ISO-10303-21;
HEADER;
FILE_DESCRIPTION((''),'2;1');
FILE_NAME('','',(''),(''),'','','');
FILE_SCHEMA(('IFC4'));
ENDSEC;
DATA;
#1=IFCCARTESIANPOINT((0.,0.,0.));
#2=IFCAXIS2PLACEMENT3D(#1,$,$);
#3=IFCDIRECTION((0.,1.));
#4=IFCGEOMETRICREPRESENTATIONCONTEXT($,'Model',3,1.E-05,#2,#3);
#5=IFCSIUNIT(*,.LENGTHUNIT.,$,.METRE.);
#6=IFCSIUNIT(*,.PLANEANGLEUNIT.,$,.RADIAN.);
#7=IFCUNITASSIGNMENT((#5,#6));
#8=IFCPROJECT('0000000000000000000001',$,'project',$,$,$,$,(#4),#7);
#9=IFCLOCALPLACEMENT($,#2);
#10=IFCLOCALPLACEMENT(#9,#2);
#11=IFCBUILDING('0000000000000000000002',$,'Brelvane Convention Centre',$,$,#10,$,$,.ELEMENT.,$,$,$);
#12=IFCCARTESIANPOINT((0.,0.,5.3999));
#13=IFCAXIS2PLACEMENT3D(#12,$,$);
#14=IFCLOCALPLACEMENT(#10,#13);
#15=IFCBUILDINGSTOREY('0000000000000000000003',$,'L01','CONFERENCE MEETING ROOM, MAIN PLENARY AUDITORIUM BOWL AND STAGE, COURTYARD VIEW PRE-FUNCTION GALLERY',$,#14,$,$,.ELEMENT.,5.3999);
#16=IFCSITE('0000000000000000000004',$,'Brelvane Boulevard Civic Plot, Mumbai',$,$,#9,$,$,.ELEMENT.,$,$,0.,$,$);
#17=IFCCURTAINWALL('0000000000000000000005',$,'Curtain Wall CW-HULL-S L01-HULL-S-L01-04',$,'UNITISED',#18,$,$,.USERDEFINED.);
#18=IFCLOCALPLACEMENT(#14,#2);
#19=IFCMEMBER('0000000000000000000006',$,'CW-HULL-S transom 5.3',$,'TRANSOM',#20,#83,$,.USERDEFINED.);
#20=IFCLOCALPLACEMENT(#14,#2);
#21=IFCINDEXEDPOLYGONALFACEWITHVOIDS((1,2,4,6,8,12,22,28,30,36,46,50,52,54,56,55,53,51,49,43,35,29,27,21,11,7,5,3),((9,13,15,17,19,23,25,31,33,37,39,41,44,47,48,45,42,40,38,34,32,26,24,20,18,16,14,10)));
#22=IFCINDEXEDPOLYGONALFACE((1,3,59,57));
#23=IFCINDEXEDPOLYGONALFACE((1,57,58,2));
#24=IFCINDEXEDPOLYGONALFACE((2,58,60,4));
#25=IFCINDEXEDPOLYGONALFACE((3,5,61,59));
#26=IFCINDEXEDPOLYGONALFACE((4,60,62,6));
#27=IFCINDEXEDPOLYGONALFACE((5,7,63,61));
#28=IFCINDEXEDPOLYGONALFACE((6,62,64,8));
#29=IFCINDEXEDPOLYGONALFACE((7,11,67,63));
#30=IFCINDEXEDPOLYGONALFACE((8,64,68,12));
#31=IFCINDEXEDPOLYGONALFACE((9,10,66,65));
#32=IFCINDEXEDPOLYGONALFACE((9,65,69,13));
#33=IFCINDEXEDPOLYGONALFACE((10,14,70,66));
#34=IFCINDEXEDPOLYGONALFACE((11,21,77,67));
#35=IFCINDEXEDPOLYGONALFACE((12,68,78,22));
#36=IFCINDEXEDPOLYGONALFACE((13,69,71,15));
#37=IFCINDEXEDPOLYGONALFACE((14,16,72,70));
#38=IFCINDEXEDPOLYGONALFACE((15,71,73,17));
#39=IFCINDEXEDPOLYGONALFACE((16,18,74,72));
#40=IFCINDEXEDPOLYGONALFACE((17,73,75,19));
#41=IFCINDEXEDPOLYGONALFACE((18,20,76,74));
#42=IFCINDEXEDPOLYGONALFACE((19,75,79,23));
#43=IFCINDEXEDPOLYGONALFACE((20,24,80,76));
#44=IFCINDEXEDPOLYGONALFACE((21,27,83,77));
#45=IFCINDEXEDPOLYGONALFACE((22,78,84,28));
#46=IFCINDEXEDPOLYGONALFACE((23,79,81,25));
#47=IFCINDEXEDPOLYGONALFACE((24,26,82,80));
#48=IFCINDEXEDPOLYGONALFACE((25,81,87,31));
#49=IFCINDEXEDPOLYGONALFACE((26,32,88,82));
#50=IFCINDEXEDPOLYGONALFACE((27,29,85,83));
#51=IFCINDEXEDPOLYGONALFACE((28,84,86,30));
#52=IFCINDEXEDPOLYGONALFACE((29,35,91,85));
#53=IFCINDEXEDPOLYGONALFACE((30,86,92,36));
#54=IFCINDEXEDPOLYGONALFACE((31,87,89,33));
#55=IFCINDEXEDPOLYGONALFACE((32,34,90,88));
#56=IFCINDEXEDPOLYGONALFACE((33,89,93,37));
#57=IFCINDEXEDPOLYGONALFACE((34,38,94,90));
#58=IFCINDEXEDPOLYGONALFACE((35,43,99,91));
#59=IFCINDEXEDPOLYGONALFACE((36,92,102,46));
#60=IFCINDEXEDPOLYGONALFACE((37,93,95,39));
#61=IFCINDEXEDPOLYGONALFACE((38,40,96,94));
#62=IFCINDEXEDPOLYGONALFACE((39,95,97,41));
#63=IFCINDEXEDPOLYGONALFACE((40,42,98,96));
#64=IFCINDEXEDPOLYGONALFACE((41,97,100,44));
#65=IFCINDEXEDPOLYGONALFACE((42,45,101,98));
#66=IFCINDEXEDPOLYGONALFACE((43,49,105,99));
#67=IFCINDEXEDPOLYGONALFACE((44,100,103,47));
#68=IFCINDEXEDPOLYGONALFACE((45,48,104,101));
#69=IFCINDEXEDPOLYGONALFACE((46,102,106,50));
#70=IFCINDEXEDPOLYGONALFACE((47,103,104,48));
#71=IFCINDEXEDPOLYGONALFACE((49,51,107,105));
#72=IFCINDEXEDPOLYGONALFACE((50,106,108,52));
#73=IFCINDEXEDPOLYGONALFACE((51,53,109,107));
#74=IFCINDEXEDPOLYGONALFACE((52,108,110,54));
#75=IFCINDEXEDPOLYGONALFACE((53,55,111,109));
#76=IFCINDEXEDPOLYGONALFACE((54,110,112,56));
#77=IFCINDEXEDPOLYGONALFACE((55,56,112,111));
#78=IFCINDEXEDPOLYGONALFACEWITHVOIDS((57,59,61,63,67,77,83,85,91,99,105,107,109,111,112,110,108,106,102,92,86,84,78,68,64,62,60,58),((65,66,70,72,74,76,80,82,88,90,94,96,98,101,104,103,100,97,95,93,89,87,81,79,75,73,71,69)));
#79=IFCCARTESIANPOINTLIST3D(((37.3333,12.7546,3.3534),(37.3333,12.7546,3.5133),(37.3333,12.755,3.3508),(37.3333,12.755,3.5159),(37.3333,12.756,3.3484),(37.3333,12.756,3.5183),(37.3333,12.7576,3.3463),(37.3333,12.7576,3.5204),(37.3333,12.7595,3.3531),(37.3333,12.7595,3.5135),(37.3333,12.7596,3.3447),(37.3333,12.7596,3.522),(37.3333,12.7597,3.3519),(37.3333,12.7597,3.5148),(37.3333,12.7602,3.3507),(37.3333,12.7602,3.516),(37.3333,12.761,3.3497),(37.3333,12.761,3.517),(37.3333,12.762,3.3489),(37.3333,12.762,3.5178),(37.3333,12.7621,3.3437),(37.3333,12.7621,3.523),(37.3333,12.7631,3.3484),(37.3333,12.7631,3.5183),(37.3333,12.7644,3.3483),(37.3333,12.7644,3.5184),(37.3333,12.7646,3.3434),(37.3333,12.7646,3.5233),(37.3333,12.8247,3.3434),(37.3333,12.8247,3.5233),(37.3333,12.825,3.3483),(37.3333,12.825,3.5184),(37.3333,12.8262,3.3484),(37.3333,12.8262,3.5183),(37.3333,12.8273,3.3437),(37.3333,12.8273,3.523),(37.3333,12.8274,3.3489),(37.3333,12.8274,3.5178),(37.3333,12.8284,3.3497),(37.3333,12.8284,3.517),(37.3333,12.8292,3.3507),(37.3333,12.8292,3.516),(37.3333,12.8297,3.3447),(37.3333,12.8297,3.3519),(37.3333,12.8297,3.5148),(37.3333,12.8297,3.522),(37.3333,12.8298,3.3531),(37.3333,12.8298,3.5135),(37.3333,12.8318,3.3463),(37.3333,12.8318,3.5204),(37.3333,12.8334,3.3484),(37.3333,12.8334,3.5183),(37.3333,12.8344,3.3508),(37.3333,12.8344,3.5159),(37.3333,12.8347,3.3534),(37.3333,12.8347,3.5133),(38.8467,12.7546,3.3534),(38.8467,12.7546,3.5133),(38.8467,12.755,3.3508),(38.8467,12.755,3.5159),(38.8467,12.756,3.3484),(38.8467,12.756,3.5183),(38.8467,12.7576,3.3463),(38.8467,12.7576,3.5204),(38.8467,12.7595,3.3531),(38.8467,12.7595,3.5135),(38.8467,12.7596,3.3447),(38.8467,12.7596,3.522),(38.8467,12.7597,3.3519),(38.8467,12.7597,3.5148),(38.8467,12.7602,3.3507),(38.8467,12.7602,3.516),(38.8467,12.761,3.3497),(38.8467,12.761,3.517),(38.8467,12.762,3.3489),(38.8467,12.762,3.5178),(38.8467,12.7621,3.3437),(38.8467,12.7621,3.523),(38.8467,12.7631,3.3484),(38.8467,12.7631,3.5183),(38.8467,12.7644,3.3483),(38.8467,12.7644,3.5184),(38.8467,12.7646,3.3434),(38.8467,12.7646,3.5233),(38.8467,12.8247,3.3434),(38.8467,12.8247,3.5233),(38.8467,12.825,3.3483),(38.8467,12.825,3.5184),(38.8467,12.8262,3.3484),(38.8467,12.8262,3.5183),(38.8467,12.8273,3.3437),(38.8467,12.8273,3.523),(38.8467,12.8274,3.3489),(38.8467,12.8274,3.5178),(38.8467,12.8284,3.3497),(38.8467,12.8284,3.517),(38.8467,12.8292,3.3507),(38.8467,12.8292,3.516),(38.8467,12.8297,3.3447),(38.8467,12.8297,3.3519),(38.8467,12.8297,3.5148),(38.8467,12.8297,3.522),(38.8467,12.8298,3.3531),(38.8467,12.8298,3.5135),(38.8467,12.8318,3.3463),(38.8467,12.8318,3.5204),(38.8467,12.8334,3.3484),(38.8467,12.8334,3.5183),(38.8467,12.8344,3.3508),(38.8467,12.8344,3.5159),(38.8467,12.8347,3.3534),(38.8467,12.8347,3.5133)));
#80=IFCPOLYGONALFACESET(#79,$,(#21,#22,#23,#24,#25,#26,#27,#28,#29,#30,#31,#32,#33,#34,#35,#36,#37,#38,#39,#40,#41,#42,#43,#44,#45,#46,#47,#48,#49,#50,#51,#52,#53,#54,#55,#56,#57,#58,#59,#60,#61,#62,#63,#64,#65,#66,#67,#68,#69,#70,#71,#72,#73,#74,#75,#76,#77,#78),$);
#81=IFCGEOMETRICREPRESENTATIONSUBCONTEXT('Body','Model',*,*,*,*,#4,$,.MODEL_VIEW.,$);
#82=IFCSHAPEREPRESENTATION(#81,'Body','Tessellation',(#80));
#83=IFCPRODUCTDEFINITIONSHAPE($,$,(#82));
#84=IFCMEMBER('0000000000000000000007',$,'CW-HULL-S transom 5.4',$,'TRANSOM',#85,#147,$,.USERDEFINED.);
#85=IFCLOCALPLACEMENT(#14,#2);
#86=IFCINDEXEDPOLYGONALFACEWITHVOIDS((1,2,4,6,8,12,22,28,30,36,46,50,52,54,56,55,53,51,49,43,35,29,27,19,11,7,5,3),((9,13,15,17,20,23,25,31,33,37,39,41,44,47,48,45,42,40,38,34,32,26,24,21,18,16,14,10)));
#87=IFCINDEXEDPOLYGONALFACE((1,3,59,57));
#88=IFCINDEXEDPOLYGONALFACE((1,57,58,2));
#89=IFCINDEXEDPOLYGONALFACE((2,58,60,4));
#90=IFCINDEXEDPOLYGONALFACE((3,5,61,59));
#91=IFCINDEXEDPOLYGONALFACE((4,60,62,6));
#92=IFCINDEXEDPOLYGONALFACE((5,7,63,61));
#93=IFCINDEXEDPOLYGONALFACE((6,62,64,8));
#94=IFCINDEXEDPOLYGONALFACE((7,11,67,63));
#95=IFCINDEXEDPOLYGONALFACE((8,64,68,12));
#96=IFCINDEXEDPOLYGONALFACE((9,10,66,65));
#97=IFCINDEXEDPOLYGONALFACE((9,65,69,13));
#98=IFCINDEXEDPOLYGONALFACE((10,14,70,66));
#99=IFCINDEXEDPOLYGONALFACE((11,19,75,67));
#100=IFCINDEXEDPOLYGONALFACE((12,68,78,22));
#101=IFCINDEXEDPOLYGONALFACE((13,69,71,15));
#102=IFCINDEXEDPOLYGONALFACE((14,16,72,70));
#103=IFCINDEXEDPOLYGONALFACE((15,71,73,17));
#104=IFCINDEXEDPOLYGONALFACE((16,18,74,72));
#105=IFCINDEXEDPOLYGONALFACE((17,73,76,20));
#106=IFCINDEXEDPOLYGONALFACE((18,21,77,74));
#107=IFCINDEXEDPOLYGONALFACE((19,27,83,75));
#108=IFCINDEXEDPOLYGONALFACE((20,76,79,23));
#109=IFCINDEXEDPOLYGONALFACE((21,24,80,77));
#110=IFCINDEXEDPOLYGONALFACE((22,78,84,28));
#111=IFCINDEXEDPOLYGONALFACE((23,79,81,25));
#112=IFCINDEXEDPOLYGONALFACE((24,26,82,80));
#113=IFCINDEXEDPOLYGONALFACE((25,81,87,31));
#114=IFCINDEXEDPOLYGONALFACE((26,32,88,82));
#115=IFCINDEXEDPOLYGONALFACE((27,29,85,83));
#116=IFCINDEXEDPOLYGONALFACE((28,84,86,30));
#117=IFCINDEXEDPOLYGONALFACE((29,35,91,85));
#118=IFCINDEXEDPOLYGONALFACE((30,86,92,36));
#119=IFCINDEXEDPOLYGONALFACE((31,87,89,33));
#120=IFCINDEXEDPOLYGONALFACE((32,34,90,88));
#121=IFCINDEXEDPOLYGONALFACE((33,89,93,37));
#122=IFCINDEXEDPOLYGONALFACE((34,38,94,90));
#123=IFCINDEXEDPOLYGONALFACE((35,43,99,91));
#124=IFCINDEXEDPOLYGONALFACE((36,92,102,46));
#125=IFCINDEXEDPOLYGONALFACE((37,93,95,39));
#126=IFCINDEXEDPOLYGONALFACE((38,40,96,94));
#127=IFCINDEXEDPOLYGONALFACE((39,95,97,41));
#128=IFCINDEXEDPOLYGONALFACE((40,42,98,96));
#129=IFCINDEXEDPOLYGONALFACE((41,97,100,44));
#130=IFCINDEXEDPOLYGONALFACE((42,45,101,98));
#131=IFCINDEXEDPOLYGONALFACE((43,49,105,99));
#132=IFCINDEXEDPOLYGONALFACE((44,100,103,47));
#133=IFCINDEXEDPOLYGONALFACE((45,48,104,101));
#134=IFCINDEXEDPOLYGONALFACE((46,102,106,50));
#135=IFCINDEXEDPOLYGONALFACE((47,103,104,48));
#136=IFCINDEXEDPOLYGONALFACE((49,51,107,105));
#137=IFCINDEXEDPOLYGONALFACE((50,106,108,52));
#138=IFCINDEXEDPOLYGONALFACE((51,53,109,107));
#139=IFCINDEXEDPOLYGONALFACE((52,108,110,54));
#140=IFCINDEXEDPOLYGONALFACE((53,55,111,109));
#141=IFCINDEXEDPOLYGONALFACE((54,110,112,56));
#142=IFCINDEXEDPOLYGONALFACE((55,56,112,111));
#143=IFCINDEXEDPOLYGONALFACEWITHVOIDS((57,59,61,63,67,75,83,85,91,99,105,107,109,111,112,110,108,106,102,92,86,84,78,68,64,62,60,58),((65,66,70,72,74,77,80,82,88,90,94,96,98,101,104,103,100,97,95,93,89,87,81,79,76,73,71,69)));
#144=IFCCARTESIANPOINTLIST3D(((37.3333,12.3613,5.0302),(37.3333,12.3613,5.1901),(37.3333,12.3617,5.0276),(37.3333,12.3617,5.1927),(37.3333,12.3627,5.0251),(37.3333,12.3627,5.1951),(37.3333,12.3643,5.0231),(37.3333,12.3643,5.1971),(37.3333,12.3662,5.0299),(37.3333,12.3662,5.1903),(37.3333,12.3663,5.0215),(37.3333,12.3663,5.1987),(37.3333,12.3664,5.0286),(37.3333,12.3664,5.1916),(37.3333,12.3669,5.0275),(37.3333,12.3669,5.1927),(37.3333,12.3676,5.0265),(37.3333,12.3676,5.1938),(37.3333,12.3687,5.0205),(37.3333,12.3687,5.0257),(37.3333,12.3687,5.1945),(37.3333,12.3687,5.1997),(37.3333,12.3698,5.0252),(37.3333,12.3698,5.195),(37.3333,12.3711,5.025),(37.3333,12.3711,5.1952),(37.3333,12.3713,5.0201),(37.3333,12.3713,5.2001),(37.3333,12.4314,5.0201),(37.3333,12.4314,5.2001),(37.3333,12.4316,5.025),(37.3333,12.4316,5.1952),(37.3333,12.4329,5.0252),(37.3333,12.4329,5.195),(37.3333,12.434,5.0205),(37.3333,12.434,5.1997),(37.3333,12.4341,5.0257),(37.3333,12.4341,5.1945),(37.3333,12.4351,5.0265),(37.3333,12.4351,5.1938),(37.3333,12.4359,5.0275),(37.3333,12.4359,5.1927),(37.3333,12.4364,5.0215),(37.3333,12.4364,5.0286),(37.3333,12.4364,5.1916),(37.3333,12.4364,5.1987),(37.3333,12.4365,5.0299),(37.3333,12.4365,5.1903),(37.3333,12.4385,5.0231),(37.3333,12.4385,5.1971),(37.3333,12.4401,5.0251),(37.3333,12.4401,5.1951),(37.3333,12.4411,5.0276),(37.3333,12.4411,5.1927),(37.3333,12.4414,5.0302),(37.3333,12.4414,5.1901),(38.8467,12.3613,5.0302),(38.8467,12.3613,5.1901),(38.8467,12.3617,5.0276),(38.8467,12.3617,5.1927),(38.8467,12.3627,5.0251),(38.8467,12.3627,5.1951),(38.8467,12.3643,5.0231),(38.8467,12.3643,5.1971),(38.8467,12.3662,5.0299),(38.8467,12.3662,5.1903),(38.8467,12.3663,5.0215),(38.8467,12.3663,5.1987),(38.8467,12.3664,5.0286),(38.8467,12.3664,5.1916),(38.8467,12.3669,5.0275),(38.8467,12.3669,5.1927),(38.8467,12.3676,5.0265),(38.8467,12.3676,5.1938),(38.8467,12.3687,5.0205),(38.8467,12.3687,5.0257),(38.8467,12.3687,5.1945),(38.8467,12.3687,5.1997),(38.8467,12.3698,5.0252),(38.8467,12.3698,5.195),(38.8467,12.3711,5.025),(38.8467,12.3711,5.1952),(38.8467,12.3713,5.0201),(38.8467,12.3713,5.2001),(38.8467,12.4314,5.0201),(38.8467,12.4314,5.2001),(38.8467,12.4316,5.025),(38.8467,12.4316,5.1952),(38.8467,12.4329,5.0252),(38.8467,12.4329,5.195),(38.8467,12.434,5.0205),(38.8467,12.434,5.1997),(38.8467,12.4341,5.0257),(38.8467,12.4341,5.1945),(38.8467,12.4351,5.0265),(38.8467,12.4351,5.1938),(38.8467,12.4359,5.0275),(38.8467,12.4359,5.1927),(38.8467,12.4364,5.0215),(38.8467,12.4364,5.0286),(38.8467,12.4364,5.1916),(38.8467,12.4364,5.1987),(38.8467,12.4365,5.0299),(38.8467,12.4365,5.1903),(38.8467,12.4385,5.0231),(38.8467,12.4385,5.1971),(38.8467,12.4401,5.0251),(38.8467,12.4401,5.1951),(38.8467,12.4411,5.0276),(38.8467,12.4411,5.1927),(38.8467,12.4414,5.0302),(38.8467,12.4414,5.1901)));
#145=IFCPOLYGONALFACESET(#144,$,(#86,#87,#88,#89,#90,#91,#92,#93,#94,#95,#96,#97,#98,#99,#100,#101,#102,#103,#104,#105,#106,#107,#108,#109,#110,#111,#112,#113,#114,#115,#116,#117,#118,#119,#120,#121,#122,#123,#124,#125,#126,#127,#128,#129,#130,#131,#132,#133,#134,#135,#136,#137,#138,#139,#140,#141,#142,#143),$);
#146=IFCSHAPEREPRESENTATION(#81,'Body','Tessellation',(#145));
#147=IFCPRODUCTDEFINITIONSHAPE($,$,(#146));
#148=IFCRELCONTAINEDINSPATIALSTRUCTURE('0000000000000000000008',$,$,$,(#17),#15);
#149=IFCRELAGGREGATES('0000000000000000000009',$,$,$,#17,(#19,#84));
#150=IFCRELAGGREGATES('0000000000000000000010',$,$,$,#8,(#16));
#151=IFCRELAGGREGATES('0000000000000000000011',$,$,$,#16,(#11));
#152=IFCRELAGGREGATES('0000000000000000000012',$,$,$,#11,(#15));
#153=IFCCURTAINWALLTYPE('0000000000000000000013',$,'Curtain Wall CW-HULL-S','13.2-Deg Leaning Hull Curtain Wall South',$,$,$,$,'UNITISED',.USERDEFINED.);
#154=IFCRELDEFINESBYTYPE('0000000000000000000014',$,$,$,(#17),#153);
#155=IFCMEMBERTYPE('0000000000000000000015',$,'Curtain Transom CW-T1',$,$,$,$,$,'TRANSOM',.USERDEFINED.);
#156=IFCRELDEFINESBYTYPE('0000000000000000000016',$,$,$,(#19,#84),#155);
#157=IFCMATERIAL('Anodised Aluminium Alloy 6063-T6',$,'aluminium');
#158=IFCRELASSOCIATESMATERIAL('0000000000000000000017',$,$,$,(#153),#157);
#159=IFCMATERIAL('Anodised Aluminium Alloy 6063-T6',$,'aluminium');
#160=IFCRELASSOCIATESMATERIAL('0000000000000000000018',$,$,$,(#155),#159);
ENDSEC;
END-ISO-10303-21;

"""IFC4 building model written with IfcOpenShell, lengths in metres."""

from ifc_helpers import new_model, si_unit, direction, frame, origin, origin_2d, place, context, subcontext, project, spatial, hollow_rectangle, extrude, material, material_profile, profile_set, type_object, element, aggregate, save


model = new_model("IFC4")

# Units and contexts
model_context = context("Model", 3, precision=1e-05, world=origin(), true_north=direction((0.0, 1.0)))
body_context = subcontext(model_context, "Body", "Model", "MODEL_VIEW")
ifc_project = project(units=[si_unit("LENGTHUNIT", "METRE"), si_unit("PLANEANGLEUNIT", "RADIAN")], contexts=[model_context])

# Site, building, storey
site_placement = place(None, origin())
site = spatial("IfcSite", under=ifc_project, at=site_placement, Name="Brelvane Boulevard Civic Plot, Mumbai", CompositionType="ELEMENT", RefElevation=0.0)
building_placement = place(site_placement, origin())
building = spatial("IfcBuilding", under=site, at=building_placement, Name="Brelvane Convention Centre", CompositionType="ELEMENT")
storey_placement = place(building_placement, frame((0.0, 0.0, 5.3999)))
storey = spatial("IfcBuildingStorey", under=building, at=storey_placement, Name="L01", Description="CONFERENCE MEETING ROOM, MAIN PLENARY AUDITORIUM BOWL AND STAGE, COURTYARD VIEW PRE-FUNCTION GALLERY", CompositionType="ELEMENT", Elevation=5.3999)

# Curtain wall, members
ifc_material_1 = material(Name="Anodised Aluminium Alloy 6063-T6", Category="aluminium")
curtain_wall_type = type_object("IfcCurtainWallType", Name="Curtain Wall CW-HULL-S", Description="13.2-Deg Leaning Hull Curtain Wall South", ElementType="UNITISED", PredefinedType="USERDEFINED", material=ifc_material_1)
curtain_wall_1_placement = place(storey_placement, origin())
curtain_wall_1 = element("IfcCurtainWall", 1, at=curtain_wall_1_placement, inside=storey, type_object=curtain_wall_type, Name="Curtain Wall CW-HULL-S L01-HULL-S-L01-04", ObjectType="UNITISED", PredefinedType="USERDEFINED")
ifc_material_2 = material(Name="Anodised Aluminium Alloy 6063-T6", Category="aluminium")
ifc_material_profile = material_profile(ifc_material_2, hollow_rectangle(XDim=0.0801, YDim=0.1799, WallThickness=0.0049, InnerFilletRadius=0.0049, OuterFilletRadius=0.01, at=origin_2d()), Name="ALU-T 180x80x5.0")
ifc_profile_set = profile_set([ifc_material_profile], Name="Anodised Aluminium Alloy 6063-T6")
member_type = type_object("IfcMemberType", Name="Curtain Transom CW-T1", ElementType="TRANSOM", PredefinedType="USERDEFINED", material=ifc_profile_set)
member_1_placement = place(storey_placement, frame((37.3333, 12.7947, 3.4333), z_axis=(1.0, 0.0, 0.0), x_axis=(0.0, 1.0, 0.0)))
member_1 = element("IfcMember", 2, at=member_1_placement, type_object=member_type, Name="CW-HULL-S transom 5.3", ObjectType="TRANSOM", PredefinedType="USERDEFINED", context=body_context, shape_type="SweptSolid", body=[
    extrude(hollow_rectangle(XDim=0.0801, YDim=0.1799, WallThickness=0.0049, InnerFilletRadius=0.0049, OuterFilletRadius=0.01, at=origin_2d()), origin(), (0.0, 0.0, 1.0), 1.5134),
])
member_2_placement = place(storey_placement, frame((37.3333, 12.4014, 5.1101), z_axis=(1.0, 0.0, 0.0), x_axis=(0.0, 1.0, 0.0)))
member_2 = element("IfcMember", 3, at=member_2_placement, type_object=member_type, Name="CW-HULL-S transom 5.4", ObjectType="TRANSOM", PredefinedType="USERDEFINED", context=body_context, shape_type="SweptSolid", body=[
    extrude(hollow_rectangle(XDim=0.0801, YDim=0.1799, WallThickness=0.0049, InnerFilletRadius=0.0049, OuterFilletRadius=0.01, at=origin_2d()), origin(), (0.0, 0.0, 1.0), 1.5134),
])

aggregate(curtain_wall_1, [member_1, member_2])

save(model, "model.ifc")
